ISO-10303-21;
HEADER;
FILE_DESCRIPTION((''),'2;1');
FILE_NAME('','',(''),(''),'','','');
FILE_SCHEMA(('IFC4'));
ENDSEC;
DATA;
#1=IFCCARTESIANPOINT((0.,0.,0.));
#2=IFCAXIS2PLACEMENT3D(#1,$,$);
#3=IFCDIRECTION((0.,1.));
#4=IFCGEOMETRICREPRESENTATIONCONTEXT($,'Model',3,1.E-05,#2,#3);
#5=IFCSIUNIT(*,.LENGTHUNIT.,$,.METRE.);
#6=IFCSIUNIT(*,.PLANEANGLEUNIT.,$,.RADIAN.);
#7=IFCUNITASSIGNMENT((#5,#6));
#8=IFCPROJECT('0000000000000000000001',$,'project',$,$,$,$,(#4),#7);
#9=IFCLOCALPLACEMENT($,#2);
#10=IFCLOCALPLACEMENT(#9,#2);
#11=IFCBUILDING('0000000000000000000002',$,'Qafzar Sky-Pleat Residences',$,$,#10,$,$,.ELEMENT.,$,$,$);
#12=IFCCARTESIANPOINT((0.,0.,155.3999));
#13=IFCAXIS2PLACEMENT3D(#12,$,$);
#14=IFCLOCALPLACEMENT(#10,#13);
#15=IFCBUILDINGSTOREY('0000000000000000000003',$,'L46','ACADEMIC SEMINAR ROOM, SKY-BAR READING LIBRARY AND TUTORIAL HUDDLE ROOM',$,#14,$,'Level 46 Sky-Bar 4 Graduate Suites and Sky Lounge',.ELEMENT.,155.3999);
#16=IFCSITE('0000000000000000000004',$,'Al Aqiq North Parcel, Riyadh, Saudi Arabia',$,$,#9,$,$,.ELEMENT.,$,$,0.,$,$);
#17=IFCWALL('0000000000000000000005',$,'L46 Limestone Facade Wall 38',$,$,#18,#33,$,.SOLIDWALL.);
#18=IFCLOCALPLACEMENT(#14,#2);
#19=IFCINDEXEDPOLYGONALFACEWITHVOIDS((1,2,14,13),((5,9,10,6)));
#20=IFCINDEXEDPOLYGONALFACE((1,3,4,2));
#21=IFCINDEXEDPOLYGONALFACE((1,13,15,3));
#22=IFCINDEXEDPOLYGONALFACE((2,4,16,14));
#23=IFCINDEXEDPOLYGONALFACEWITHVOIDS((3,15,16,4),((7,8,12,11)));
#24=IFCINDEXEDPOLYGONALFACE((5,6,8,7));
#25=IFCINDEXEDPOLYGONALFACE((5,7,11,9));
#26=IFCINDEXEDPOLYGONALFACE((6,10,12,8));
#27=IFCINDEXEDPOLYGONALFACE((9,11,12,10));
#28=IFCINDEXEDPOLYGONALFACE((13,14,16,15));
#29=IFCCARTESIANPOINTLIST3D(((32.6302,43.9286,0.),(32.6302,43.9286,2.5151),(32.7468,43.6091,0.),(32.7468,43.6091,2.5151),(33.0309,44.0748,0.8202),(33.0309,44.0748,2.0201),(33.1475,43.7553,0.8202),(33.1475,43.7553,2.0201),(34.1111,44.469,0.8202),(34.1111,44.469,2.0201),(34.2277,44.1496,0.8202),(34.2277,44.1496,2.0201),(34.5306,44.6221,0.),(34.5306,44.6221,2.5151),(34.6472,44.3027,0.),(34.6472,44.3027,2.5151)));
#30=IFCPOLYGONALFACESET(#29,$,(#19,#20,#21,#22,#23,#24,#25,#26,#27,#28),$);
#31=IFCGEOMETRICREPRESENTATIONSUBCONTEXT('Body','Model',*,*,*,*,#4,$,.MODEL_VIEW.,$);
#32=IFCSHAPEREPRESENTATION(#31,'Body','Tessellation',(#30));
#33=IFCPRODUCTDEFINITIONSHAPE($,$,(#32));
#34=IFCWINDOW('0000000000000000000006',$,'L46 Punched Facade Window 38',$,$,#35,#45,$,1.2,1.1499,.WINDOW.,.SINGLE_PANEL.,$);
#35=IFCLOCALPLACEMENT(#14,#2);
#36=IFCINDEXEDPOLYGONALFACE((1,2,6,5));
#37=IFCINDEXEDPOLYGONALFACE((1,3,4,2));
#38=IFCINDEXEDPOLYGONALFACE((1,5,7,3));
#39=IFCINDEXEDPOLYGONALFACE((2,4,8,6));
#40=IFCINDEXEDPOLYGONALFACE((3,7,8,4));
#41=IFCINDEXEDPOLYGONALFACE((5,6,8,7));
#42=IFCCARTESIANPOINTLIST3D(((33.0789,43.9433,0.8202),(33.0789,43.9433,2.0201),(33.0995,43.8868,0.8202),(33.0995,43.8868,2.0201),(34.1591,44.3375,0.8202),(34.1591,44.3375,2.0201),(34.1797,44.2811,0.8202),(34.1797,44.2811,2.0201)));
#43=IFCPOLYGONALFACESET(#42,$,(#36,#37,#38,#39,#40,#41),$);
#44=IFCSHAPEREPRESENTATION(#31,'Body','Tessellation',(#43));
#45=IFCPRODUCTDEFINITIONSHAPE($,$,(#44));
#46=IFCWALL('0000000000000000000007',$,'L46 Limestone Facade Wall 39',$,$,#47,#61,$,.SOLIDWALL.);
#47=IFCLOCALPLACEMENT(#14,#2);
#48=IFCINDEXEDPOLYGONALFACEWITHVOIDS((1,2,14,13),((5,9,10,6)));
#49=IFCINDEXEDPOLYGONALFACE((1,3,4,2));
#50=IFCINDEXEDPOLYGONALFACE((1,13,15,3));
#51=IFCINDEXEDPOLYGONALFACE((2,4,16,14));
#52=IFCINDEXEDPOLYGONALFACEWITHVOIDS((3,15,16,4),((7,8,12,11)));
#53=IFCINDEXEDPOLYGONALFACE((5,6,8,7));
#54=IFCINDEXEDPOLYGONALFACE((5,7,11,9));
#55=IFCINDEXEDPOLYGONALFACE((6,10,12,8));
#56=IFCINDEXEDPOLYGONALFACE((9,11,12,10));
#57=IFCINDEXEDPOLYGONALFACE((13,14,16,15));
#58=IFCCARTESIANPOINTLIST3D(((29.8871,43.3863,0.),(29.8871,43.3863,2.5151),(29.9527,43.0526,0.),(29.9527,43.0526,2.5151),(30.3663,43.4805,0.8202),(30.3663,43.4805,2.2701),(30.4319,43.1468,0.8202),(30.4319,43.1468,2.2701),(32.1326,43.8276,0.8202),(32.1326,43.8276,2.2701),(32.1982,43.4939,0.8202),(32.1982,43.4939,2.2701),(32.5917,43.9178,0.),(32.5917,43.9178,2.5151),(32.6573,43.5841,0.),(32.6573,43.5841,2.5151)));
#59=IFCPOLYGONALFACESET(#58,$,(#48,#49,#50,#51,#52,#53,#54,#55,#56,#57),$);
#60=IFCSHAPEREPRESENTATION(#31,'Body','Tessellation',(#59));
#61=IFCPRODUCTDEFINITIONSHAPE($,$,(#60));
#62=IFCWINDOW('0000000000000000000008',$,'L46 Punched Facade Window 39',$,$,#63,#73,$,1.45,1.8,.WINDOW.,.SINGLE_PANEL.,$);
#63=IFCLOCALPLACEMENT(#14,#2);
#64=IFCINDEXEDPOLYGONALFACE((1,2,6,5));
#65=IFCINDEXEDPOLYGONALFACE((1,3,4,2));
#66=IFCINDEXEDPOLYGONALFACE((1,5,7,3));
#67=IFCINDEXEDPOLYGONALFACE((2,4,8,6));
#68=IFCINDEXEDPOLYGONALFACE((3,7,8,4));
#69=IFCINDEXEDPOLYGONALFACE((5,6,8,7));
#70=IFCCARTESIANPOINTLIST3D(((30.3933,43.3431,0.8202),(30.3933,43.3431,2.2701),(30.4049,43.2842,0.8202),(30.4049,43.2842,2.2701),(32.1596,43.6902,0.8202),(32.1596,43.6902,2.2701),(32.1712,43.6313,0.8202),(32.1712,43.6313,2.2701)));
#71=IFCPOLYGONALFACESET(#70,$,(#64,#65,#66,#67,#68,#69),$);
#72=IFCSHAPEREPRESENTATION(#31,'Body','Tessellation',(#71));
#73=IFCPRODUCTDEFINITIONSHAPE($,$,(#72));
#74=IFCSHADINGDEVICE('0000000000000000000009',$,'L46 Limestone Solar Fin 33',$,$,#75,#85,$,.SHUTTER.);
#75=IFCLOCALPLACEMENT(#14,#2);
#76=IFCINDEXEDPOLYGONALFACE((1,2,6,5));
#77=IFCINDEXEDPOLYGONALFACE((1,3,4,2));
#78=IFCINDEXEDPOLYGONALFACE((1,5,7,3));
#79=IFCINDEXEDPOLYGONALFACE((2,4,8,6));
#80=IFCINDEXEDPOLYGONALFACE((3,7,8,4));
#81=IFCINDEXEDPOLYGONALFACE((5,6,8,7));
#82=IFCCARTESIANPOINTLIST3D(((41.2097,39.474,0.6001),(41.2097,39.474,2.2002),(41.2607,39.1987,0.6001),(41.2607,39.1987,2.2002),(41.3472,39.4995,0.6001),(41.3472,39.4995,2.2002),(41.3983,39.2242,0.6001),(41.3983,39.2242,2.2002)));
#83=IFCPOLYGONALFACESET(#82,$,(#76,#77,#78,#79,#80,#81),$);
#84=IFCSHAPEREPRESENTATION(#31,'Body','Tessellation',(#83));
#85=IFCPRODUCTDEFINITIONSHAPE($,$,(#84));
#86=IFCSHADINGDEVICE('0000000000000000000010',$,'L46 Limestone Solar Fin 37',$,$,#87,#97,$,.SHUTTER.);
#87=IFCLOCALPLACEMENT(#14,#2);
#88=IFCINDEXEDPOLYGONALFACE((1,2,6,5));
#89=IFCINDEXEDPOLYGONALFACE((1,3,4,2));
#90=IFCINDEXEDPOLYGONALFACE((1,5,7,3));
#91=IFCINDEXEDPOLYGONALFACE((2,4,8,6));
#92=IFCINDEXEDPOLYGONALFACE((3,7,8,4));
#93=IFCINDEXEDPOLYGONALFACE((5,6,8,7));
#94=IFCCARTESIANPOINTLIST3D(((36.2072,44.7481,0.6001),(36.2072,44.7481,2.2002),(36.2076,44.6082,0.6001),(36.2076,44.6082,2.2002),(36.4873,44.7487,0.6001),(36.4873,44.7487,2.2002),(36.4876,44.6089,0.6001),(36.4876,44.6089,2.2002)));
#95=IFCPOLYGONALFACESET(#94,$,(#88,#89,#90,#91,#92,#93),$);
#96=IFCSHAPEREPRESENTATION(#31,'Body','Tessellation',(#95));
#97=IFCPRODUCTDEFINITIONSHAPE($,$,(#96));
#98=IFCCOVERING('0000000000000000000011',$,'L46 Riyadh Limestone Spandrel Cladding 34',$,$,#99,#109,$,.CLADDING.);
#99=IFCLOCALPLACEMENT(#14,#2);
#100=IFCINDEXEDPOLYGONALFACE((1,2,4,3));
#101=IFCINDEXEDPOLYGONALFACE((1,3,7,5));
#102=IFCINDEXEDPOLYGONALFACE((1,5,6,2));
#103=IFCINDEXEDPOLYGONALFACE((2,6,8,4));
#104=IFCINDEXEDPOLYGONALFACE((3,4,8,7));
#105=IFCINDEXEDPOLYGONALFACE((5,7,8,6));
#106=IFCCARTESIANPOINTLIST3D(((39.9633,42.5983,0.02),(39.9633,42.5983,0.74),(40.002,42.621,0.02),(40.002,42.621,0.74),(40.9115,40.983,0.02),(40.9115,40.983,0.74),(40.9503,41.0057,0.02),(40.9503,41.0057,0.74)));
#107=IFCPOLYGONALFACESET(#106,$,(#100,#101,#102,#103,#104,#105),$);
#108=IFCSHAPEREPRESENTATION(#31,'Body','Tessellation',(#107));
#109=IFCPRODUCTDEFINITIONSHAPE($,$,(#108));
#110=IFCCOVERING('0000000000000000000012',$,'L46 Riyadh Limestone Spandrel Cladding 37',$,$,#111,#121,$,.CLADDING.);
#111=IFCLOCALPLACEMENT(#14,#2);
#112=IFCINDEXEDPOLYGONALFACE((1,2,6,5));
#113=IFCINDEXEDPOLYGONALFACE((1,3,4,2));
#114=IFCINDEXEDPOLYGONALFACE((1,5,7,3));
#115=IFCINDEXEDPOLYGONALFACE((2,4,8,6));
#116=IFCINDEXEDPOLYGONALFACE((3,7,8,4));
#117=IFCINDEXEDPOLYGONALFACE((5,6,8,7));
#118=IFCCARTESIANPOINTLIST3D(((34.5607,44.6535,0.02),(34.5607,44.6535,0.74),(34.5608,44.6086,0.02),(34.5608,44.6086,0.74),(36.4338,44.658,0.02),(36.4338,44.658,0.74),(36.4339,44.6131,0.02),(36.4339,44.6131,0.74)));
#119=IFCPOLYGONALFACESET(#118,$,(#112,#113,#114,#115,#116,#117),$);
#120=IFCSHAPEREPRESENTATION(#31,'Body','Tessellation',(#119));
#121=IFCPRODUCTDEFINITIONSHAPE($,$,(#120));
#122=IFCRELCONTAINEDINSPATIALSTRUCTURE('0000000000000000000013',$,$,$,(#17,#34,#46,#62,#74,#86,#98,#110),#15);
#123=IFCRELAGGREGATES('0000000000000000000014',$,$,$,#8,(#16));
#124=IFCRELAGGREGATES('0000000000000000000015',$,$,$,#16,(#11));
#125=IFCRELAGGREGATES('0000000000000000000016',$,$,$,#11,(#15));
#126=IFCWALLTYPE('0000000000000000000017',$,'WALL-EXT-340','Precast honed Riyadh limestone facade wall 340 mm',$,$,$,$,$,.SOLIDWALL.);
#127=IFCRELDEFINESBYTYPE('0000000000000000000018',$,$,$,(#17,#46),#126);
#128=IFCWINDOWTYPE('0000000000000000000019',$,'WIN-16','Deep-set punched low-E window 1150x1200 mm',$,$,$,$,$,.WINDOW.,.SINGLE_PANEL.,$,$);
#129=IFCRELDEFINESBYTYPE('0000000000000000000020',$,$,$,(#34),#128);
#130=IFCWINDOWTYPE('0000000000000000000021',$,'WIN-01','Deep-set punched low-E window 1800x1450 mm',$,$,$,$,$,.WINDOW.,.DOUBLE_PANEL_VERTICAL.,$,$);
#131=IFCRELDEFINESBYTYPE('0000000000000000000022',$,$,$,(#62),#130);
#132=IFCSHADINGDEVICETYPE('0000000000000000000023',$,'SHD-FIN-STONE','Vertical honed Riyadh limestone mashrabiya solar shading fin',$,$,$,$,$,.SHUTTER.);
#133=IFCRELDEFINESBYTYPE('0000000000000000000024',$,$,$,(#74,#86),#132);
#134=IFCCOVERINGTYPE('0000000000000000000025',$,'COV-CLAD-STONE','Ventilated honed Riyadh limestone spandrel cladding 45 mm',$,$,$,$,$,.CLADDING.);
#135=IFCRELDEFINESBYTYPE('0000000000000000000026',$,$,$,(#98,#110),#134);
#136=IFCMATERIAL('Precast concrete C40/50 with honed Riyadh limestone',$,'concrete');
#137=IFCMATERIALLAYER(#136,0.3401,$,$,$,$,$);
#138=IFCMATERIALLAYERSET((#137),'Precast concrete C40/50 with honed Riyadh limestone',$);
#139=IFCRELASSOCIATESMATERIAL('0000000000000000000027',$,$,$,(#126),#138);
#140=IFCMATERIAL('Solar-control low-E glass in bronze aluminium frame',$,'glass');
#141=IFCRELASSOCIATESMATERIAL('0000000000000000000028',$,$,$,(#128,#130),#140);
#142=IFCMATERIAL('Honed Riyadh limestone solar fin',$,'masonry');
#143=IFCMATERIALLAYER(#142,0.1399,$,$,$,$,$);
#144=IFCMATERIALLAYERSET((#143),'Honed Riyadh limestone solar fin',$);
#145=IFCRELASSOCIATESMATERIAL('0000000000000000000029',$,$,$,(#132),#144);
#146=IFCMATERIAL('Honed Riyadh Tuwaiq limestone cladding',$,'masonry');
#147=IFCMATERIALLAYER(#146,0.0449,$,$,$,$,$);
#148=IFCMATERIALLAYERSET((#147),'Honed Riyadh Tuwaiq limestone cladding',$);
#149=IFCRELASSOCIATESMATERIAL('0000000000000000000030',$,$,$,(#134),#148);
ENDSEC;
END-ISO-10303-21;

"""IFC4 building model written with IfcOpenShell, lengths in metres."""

from ifc_helpers import new_model, si_unit, direction, frame, frame_2d, origin, origin_2d, place, context, subcontext, project, spatial, rectangle, extrude, source, transform, mapped, material, layer, layer_set, type_object, element, fill, save


model = new_model("IFC4")

# Units and contexts
model_context = context("Model", 3, precision=1e-05, world=origin(), true_north=direction((0.0, 1.0)))
body_context = subcontext(model_context, "Body", "Model", "MODEL_VIEW")
ifc_project = project(units=[si_unit("LENGTHUNIT", "METRE"), si_unit("PLANEANGLEUNIT", "RADIAN")], contexts=[model_context])

# Site, building, storey
site_placement = place(None, origin())
site = spatial("IfcSite", under=ifc_project, at=site_placement, Name="Al Aqiq North Parcel, Riyadh, Saudi Arabia", CompositionType="ELEMENT", RefElevation=0.0)
building_placement = place(site_placement, origin())
building = spatial("IfcBuilding", under=site, at=building_placement, Name="Qafzar Sky-Pleat Residences", CompositionType="ELEMENT")
storey_placement = place(building_placement, frame((0.0, 0.0, 155.3999)))
storey = spatial("IfcBuildingStorey", under=building, at=storey_placement, Name="L46", Description="ACADEMIC SEMINAR ROOM, SKY-BAR READING LIBRARY AND TUTORIAL HUDDLE ROOM", LongName="Level 46 Sky-Bar 4 Graduate Suites and Sky Lounge", CompositionType="ELEMENT", Elevation=155.3999)

# Walls, openings, windows
ifc_material_1 = material(Name="Precast concrete C40/50 with honed Riyadh limestone", Category="concrete")
ifc_layer_1 = layer(ifc_material_1, 0.3401)
ifc_layer_set_1 = layer_set([ifc_layer_1], Name="Precast concrete C40/50 with honed Riyadh limestone")
wall_type_1 = type_object("IfcWallType", Name="WALL-EXT-340", Description="Precast honed Riyadh limestone facade wall 340 mm", PredefinedType="SOLIDWALL", material=ifc_layer_set_1)
ifc_material_2 = material(Name="Solar-control low-E glass in bronze aluminium frame", Category="glass")
window_type_1 = type_object("IfcWindowType", Name="WIN-16", Description="Deep-set punched low-E window 1150x1200 mm", PartitioningType="SINGLE_PANEL", PredefinedType="WINDOW", material=ifc_material_2)
shared_shape_1 = source(origin(), body_context, "Body", "SweptSolid", [
    extrude(rectangle(XDim=1.1499, YDim=1.2, at=frame_2d((0.575, 0.6001))), frame((0.0, 0.03, 0.0), z_axis=(0.0, -1.0, 0.0), x_axis=(1.0, 0.0, 0.0)), (0.0, 0.0, 1.0), 0.0601),
])
wall_1_placement = place(storey_placement, frame((34.5889, 44.4624, 0.0), z_axis=(0.0, 0.0, 1.0), x_axis=(-0.939388, -0.342857, 0.0)))
wall_1 = element("IfcWall", 1, at=wall_1_placement, inside=storey, type_object=wall_type_1, Name="L46 Limestone Facade Wall 38", PredefinedType="SOLIDWALL", context=body_context, shape_type="SweptSolid", body=[
    extrude(rectangle(XDim=2.0229, YDim=0.3401, at=frame_2d((1.0115, 0.0))), origin(), (0.0, 0.0, 1.0), 2.5151),
])
opening_1_placement = place(wall_1_placement, frame((0.4465, 0.0, 0.8201)))
opening_1 = element("IfcOpeningElement", 2, at=opening_1_placement, cuts=wall_1, PredefinedType="OPENING", context=body_context, shape_type="SweptSolid", body=[
    extrude(rectangle(XDim=1.1499, YDim=1.2, at=frame_2d((0.575, 0.6001))), frame((0.0, 0.1802, 0.0), z_axis=(0.0, -1.0, 0.0), x_axis=(1.0, 0.0, 0.0)), (0.0, 0.0, 1.0), 0.3601),
])
window_1_placement = place(opening_1_placement, origin())
window_1 = element("IfcWindow", 3, at=window_1_placement, inside=storey, type_object=window_type_1, Name="L46 Punched Facade Window 38", OverallHeight=1.2, OverallWidth=1.1499, PartitioningType="SINGLE_PANEL", PredefinedType="WINDOW", context=body_context, shape_type="MappedRepresentation", body=[
    mapped(shared_shape_1, transform((0.0, 0.0, 0.0), x_axis=(1.0, 0.0, 0.0), y_axis=(0.0, 1.0, 0.0), z_axis=(0.0, 0.0, 1.0), scale=1.0)),
])
fill(opening_1, window_1)
wall_2_placement = place(storey_placement, frame((32.6245, 43.751, 0.0), z_axis=(0.0, 0.0, 1.0), x_axis=(-0.981233, -0.192828, 0.0)))
wall_2 = element("IfcWall", 4, at=wall_2_placement, inside=storey, type_object=wall_type_1, Name="L46 Limestone Facade Wall 39", PredefinedType="SOLIDWALL", context=body_context, shape_type="SweptSolid", body=[
    extrude(rectangle(XDim=2.7563, YDim=0.3401, at=frame_2d((1.3782, 0.0))), origin(), (0.0, 0.0, 1.0), 2.5151),
])
opening_2_placement = place(wall_2_placement, frame((0.468, 0.0, 0.8201)))
opening_2 = element("IfcOpeningElement", 5, at=opening_2_placement, cuts=wall_2, PredefinedType="OPENING", context=body_context, shape_type="SweptSolid", body=[
    extrude(rectangle(XDim=1.8, YDim=1.45, at=frame_2d((0.8999, 0.7251))), frame((0.0, 0.1802, 0.0), z_axis=(0.0, -1.0, 0.0), x_axis=(1.0, 0.0, 0.0)), (0.0, 0.0, 1.0), 0.3601),
])
window_type_2 = type_object("IfcWindowType", Name="WIN-01", Description="Deep-set punched low-E window 1800x1450 mm", PartitioningType="DOUBLE_PANEL_VERTICAL", PredefinedType="WINDOW", material=ifc_material_2)
shared_shape_2 = source(origin(), body_context, "Body", "SweptSolid", [
    extrude(rectangle(XDim=1.8, YDim=1.45, at=frame_2d((0.8999, 0.7251))), frame((0.0, 0.03, 0.0), z_axis=(0.0, -1.0, 0.0), x_axis=(1.0, 0.0, 0.0)), (0.0, 0.0, 1.0), 0.0601),
])
window_2_placement = place(opening_2_placement, origin())
window_2 = element("IfcWindow", 6, at=window_2_placement, inside=storey, type_object=window_type_2, Name="L46 Punched Facade Window 39", OverallHeight=1.45, OverallWidth=1.8, PartitioningType="SINGLE_PANEL", PredefinedType="WINDOW", context=body_context, shape_type="MappedRepresentation", body=[
    mapped(shared_shape_2, transform((0.0, 0.0, 0.0), x_axis=(1.0, 0.0, 0.0), y_axis=(0.0, 1.0, 0.0), z_axis=(0.0, 0.0, 1.0), scale=1.0)),
])
fill(opening_2, window_2)

# Shading devices
ifc_material_3 = material(Name="Honed Riyadh limestone solar fin", Category="masonry")
ifc_layer_2 = layer(ifc_material_3, 0.1399)
ifc_layer_set_2 = layer_set([ifc_layer_2], Name="Honed Riyadh limestone solar fin")
shading_device_type = type_object("IfcShadingDeviceType", Name="SHD-FIN-STONE", Description="Vertical honed Riyadh limestone mashrabiya solar shading fin", PredefinedType="SHUTTER", material=ifc_layer_set_2)
shared_shape_3 = source(origin(), body_context, "Body", "SweptSolid", [
    extrude(rectangle(XDim=0.1399, YDim=0.28, at=origin_2d()), origin(), (0.0, 0.0, 1.0), 1.6001),
])
for number, where, z_axis, x_axis, name in (
    (7, (41.304, 39.3491, 0.6001), (0.0, 0.0, 1.0), (0.983237, 0.182334, 0.0), "L46 Limestone Solar Fin 33"),
    (8, (36.3474, 44.6785, 0.6001), (0.0, 0.0, 1.0), (-0.002394, 0.999997, 0.0), "L46 Limestone Solar Fin 37"),
):
    element("IfcShadingDevice", number, at=place(storey_placement, frame(where, z_axis=z_axis, x_axis=x_axis)), inside=storey, type_object=shading_device_type, Name=name, PredefinedType="SHUTTER", context=body_context, shape_type="MappedRepresentation", body=[
        mapped(shared_shape_3, transform((0.0, 0.0, 0.0), x_axis=(1.0, 0.0, 0.0), y_axis=(0.0, 1.0, 0.0), z_axis=(0.0, 0.0, 1.0), scale=1.0)),
    ])

# Coverings
ifc_material_4 = material(Name="Honed Riyadh Tuwaiq limestone cladding", Category="masonry")
ifc_layer_3 = layer(ifc_material_4, 0.0449)
ifc_layer_set_3 = layer_set([ifc_layer_3], Name="Honed Riyadh Tuwaiq limestone cladding")
covering_type = type_object("IfcCoveringType", Name="COV-CLAD-STONE", Description="Ventilated honed Riyadh limestone spandrel cladding 45 mm", PredefinedType="CLADDING", material=ifc_layer_set_3)
shared_shape_4 = source(origin(), body_context, "Body", "SweptSolid", [
    extrude(rectangle(XDim=1.873, YDim=0.0449, at=origin_2d()), origin(), (0.0, 0.0, 1.0), 0.72),
])
for number, where, z_axis, x_axis, name in (
    (9, (40.4568, 41.802, 0.02), (0.0, 0.0, 1.0), (-0.506268, 0.862376, 0.0), "L46 Riyadh Limestone Spandrel Cladding 34"),
    (10, (35.4973, 44.6333, 0.02), (0.0, 0.0, 1.0), (-0.999997, -0.002403, 0.0), "L46 Riyadh Limestone Spandrel Cladding 37"),
):
    element("IfcCovering", number, at=place(storey_placement, frame(where, z_axis=z_axis, x_axis=x_axis)), inside=storey, type_object=covering_type, Name=name, PredefinedType="CLADDING", context=body_context, shape_type="MappedRepresentation", body=[
        mapped(shared_shape_4, transform((0.0, 0.0, 0.0), x_axis=(1.0, 0.0, 0.0), y_axis=(0.0, 1.0, 0.0), z_axis=(0.0, 0.0, 1.0), scale=1.0)),
    ])

save(model, "model.ifc")
